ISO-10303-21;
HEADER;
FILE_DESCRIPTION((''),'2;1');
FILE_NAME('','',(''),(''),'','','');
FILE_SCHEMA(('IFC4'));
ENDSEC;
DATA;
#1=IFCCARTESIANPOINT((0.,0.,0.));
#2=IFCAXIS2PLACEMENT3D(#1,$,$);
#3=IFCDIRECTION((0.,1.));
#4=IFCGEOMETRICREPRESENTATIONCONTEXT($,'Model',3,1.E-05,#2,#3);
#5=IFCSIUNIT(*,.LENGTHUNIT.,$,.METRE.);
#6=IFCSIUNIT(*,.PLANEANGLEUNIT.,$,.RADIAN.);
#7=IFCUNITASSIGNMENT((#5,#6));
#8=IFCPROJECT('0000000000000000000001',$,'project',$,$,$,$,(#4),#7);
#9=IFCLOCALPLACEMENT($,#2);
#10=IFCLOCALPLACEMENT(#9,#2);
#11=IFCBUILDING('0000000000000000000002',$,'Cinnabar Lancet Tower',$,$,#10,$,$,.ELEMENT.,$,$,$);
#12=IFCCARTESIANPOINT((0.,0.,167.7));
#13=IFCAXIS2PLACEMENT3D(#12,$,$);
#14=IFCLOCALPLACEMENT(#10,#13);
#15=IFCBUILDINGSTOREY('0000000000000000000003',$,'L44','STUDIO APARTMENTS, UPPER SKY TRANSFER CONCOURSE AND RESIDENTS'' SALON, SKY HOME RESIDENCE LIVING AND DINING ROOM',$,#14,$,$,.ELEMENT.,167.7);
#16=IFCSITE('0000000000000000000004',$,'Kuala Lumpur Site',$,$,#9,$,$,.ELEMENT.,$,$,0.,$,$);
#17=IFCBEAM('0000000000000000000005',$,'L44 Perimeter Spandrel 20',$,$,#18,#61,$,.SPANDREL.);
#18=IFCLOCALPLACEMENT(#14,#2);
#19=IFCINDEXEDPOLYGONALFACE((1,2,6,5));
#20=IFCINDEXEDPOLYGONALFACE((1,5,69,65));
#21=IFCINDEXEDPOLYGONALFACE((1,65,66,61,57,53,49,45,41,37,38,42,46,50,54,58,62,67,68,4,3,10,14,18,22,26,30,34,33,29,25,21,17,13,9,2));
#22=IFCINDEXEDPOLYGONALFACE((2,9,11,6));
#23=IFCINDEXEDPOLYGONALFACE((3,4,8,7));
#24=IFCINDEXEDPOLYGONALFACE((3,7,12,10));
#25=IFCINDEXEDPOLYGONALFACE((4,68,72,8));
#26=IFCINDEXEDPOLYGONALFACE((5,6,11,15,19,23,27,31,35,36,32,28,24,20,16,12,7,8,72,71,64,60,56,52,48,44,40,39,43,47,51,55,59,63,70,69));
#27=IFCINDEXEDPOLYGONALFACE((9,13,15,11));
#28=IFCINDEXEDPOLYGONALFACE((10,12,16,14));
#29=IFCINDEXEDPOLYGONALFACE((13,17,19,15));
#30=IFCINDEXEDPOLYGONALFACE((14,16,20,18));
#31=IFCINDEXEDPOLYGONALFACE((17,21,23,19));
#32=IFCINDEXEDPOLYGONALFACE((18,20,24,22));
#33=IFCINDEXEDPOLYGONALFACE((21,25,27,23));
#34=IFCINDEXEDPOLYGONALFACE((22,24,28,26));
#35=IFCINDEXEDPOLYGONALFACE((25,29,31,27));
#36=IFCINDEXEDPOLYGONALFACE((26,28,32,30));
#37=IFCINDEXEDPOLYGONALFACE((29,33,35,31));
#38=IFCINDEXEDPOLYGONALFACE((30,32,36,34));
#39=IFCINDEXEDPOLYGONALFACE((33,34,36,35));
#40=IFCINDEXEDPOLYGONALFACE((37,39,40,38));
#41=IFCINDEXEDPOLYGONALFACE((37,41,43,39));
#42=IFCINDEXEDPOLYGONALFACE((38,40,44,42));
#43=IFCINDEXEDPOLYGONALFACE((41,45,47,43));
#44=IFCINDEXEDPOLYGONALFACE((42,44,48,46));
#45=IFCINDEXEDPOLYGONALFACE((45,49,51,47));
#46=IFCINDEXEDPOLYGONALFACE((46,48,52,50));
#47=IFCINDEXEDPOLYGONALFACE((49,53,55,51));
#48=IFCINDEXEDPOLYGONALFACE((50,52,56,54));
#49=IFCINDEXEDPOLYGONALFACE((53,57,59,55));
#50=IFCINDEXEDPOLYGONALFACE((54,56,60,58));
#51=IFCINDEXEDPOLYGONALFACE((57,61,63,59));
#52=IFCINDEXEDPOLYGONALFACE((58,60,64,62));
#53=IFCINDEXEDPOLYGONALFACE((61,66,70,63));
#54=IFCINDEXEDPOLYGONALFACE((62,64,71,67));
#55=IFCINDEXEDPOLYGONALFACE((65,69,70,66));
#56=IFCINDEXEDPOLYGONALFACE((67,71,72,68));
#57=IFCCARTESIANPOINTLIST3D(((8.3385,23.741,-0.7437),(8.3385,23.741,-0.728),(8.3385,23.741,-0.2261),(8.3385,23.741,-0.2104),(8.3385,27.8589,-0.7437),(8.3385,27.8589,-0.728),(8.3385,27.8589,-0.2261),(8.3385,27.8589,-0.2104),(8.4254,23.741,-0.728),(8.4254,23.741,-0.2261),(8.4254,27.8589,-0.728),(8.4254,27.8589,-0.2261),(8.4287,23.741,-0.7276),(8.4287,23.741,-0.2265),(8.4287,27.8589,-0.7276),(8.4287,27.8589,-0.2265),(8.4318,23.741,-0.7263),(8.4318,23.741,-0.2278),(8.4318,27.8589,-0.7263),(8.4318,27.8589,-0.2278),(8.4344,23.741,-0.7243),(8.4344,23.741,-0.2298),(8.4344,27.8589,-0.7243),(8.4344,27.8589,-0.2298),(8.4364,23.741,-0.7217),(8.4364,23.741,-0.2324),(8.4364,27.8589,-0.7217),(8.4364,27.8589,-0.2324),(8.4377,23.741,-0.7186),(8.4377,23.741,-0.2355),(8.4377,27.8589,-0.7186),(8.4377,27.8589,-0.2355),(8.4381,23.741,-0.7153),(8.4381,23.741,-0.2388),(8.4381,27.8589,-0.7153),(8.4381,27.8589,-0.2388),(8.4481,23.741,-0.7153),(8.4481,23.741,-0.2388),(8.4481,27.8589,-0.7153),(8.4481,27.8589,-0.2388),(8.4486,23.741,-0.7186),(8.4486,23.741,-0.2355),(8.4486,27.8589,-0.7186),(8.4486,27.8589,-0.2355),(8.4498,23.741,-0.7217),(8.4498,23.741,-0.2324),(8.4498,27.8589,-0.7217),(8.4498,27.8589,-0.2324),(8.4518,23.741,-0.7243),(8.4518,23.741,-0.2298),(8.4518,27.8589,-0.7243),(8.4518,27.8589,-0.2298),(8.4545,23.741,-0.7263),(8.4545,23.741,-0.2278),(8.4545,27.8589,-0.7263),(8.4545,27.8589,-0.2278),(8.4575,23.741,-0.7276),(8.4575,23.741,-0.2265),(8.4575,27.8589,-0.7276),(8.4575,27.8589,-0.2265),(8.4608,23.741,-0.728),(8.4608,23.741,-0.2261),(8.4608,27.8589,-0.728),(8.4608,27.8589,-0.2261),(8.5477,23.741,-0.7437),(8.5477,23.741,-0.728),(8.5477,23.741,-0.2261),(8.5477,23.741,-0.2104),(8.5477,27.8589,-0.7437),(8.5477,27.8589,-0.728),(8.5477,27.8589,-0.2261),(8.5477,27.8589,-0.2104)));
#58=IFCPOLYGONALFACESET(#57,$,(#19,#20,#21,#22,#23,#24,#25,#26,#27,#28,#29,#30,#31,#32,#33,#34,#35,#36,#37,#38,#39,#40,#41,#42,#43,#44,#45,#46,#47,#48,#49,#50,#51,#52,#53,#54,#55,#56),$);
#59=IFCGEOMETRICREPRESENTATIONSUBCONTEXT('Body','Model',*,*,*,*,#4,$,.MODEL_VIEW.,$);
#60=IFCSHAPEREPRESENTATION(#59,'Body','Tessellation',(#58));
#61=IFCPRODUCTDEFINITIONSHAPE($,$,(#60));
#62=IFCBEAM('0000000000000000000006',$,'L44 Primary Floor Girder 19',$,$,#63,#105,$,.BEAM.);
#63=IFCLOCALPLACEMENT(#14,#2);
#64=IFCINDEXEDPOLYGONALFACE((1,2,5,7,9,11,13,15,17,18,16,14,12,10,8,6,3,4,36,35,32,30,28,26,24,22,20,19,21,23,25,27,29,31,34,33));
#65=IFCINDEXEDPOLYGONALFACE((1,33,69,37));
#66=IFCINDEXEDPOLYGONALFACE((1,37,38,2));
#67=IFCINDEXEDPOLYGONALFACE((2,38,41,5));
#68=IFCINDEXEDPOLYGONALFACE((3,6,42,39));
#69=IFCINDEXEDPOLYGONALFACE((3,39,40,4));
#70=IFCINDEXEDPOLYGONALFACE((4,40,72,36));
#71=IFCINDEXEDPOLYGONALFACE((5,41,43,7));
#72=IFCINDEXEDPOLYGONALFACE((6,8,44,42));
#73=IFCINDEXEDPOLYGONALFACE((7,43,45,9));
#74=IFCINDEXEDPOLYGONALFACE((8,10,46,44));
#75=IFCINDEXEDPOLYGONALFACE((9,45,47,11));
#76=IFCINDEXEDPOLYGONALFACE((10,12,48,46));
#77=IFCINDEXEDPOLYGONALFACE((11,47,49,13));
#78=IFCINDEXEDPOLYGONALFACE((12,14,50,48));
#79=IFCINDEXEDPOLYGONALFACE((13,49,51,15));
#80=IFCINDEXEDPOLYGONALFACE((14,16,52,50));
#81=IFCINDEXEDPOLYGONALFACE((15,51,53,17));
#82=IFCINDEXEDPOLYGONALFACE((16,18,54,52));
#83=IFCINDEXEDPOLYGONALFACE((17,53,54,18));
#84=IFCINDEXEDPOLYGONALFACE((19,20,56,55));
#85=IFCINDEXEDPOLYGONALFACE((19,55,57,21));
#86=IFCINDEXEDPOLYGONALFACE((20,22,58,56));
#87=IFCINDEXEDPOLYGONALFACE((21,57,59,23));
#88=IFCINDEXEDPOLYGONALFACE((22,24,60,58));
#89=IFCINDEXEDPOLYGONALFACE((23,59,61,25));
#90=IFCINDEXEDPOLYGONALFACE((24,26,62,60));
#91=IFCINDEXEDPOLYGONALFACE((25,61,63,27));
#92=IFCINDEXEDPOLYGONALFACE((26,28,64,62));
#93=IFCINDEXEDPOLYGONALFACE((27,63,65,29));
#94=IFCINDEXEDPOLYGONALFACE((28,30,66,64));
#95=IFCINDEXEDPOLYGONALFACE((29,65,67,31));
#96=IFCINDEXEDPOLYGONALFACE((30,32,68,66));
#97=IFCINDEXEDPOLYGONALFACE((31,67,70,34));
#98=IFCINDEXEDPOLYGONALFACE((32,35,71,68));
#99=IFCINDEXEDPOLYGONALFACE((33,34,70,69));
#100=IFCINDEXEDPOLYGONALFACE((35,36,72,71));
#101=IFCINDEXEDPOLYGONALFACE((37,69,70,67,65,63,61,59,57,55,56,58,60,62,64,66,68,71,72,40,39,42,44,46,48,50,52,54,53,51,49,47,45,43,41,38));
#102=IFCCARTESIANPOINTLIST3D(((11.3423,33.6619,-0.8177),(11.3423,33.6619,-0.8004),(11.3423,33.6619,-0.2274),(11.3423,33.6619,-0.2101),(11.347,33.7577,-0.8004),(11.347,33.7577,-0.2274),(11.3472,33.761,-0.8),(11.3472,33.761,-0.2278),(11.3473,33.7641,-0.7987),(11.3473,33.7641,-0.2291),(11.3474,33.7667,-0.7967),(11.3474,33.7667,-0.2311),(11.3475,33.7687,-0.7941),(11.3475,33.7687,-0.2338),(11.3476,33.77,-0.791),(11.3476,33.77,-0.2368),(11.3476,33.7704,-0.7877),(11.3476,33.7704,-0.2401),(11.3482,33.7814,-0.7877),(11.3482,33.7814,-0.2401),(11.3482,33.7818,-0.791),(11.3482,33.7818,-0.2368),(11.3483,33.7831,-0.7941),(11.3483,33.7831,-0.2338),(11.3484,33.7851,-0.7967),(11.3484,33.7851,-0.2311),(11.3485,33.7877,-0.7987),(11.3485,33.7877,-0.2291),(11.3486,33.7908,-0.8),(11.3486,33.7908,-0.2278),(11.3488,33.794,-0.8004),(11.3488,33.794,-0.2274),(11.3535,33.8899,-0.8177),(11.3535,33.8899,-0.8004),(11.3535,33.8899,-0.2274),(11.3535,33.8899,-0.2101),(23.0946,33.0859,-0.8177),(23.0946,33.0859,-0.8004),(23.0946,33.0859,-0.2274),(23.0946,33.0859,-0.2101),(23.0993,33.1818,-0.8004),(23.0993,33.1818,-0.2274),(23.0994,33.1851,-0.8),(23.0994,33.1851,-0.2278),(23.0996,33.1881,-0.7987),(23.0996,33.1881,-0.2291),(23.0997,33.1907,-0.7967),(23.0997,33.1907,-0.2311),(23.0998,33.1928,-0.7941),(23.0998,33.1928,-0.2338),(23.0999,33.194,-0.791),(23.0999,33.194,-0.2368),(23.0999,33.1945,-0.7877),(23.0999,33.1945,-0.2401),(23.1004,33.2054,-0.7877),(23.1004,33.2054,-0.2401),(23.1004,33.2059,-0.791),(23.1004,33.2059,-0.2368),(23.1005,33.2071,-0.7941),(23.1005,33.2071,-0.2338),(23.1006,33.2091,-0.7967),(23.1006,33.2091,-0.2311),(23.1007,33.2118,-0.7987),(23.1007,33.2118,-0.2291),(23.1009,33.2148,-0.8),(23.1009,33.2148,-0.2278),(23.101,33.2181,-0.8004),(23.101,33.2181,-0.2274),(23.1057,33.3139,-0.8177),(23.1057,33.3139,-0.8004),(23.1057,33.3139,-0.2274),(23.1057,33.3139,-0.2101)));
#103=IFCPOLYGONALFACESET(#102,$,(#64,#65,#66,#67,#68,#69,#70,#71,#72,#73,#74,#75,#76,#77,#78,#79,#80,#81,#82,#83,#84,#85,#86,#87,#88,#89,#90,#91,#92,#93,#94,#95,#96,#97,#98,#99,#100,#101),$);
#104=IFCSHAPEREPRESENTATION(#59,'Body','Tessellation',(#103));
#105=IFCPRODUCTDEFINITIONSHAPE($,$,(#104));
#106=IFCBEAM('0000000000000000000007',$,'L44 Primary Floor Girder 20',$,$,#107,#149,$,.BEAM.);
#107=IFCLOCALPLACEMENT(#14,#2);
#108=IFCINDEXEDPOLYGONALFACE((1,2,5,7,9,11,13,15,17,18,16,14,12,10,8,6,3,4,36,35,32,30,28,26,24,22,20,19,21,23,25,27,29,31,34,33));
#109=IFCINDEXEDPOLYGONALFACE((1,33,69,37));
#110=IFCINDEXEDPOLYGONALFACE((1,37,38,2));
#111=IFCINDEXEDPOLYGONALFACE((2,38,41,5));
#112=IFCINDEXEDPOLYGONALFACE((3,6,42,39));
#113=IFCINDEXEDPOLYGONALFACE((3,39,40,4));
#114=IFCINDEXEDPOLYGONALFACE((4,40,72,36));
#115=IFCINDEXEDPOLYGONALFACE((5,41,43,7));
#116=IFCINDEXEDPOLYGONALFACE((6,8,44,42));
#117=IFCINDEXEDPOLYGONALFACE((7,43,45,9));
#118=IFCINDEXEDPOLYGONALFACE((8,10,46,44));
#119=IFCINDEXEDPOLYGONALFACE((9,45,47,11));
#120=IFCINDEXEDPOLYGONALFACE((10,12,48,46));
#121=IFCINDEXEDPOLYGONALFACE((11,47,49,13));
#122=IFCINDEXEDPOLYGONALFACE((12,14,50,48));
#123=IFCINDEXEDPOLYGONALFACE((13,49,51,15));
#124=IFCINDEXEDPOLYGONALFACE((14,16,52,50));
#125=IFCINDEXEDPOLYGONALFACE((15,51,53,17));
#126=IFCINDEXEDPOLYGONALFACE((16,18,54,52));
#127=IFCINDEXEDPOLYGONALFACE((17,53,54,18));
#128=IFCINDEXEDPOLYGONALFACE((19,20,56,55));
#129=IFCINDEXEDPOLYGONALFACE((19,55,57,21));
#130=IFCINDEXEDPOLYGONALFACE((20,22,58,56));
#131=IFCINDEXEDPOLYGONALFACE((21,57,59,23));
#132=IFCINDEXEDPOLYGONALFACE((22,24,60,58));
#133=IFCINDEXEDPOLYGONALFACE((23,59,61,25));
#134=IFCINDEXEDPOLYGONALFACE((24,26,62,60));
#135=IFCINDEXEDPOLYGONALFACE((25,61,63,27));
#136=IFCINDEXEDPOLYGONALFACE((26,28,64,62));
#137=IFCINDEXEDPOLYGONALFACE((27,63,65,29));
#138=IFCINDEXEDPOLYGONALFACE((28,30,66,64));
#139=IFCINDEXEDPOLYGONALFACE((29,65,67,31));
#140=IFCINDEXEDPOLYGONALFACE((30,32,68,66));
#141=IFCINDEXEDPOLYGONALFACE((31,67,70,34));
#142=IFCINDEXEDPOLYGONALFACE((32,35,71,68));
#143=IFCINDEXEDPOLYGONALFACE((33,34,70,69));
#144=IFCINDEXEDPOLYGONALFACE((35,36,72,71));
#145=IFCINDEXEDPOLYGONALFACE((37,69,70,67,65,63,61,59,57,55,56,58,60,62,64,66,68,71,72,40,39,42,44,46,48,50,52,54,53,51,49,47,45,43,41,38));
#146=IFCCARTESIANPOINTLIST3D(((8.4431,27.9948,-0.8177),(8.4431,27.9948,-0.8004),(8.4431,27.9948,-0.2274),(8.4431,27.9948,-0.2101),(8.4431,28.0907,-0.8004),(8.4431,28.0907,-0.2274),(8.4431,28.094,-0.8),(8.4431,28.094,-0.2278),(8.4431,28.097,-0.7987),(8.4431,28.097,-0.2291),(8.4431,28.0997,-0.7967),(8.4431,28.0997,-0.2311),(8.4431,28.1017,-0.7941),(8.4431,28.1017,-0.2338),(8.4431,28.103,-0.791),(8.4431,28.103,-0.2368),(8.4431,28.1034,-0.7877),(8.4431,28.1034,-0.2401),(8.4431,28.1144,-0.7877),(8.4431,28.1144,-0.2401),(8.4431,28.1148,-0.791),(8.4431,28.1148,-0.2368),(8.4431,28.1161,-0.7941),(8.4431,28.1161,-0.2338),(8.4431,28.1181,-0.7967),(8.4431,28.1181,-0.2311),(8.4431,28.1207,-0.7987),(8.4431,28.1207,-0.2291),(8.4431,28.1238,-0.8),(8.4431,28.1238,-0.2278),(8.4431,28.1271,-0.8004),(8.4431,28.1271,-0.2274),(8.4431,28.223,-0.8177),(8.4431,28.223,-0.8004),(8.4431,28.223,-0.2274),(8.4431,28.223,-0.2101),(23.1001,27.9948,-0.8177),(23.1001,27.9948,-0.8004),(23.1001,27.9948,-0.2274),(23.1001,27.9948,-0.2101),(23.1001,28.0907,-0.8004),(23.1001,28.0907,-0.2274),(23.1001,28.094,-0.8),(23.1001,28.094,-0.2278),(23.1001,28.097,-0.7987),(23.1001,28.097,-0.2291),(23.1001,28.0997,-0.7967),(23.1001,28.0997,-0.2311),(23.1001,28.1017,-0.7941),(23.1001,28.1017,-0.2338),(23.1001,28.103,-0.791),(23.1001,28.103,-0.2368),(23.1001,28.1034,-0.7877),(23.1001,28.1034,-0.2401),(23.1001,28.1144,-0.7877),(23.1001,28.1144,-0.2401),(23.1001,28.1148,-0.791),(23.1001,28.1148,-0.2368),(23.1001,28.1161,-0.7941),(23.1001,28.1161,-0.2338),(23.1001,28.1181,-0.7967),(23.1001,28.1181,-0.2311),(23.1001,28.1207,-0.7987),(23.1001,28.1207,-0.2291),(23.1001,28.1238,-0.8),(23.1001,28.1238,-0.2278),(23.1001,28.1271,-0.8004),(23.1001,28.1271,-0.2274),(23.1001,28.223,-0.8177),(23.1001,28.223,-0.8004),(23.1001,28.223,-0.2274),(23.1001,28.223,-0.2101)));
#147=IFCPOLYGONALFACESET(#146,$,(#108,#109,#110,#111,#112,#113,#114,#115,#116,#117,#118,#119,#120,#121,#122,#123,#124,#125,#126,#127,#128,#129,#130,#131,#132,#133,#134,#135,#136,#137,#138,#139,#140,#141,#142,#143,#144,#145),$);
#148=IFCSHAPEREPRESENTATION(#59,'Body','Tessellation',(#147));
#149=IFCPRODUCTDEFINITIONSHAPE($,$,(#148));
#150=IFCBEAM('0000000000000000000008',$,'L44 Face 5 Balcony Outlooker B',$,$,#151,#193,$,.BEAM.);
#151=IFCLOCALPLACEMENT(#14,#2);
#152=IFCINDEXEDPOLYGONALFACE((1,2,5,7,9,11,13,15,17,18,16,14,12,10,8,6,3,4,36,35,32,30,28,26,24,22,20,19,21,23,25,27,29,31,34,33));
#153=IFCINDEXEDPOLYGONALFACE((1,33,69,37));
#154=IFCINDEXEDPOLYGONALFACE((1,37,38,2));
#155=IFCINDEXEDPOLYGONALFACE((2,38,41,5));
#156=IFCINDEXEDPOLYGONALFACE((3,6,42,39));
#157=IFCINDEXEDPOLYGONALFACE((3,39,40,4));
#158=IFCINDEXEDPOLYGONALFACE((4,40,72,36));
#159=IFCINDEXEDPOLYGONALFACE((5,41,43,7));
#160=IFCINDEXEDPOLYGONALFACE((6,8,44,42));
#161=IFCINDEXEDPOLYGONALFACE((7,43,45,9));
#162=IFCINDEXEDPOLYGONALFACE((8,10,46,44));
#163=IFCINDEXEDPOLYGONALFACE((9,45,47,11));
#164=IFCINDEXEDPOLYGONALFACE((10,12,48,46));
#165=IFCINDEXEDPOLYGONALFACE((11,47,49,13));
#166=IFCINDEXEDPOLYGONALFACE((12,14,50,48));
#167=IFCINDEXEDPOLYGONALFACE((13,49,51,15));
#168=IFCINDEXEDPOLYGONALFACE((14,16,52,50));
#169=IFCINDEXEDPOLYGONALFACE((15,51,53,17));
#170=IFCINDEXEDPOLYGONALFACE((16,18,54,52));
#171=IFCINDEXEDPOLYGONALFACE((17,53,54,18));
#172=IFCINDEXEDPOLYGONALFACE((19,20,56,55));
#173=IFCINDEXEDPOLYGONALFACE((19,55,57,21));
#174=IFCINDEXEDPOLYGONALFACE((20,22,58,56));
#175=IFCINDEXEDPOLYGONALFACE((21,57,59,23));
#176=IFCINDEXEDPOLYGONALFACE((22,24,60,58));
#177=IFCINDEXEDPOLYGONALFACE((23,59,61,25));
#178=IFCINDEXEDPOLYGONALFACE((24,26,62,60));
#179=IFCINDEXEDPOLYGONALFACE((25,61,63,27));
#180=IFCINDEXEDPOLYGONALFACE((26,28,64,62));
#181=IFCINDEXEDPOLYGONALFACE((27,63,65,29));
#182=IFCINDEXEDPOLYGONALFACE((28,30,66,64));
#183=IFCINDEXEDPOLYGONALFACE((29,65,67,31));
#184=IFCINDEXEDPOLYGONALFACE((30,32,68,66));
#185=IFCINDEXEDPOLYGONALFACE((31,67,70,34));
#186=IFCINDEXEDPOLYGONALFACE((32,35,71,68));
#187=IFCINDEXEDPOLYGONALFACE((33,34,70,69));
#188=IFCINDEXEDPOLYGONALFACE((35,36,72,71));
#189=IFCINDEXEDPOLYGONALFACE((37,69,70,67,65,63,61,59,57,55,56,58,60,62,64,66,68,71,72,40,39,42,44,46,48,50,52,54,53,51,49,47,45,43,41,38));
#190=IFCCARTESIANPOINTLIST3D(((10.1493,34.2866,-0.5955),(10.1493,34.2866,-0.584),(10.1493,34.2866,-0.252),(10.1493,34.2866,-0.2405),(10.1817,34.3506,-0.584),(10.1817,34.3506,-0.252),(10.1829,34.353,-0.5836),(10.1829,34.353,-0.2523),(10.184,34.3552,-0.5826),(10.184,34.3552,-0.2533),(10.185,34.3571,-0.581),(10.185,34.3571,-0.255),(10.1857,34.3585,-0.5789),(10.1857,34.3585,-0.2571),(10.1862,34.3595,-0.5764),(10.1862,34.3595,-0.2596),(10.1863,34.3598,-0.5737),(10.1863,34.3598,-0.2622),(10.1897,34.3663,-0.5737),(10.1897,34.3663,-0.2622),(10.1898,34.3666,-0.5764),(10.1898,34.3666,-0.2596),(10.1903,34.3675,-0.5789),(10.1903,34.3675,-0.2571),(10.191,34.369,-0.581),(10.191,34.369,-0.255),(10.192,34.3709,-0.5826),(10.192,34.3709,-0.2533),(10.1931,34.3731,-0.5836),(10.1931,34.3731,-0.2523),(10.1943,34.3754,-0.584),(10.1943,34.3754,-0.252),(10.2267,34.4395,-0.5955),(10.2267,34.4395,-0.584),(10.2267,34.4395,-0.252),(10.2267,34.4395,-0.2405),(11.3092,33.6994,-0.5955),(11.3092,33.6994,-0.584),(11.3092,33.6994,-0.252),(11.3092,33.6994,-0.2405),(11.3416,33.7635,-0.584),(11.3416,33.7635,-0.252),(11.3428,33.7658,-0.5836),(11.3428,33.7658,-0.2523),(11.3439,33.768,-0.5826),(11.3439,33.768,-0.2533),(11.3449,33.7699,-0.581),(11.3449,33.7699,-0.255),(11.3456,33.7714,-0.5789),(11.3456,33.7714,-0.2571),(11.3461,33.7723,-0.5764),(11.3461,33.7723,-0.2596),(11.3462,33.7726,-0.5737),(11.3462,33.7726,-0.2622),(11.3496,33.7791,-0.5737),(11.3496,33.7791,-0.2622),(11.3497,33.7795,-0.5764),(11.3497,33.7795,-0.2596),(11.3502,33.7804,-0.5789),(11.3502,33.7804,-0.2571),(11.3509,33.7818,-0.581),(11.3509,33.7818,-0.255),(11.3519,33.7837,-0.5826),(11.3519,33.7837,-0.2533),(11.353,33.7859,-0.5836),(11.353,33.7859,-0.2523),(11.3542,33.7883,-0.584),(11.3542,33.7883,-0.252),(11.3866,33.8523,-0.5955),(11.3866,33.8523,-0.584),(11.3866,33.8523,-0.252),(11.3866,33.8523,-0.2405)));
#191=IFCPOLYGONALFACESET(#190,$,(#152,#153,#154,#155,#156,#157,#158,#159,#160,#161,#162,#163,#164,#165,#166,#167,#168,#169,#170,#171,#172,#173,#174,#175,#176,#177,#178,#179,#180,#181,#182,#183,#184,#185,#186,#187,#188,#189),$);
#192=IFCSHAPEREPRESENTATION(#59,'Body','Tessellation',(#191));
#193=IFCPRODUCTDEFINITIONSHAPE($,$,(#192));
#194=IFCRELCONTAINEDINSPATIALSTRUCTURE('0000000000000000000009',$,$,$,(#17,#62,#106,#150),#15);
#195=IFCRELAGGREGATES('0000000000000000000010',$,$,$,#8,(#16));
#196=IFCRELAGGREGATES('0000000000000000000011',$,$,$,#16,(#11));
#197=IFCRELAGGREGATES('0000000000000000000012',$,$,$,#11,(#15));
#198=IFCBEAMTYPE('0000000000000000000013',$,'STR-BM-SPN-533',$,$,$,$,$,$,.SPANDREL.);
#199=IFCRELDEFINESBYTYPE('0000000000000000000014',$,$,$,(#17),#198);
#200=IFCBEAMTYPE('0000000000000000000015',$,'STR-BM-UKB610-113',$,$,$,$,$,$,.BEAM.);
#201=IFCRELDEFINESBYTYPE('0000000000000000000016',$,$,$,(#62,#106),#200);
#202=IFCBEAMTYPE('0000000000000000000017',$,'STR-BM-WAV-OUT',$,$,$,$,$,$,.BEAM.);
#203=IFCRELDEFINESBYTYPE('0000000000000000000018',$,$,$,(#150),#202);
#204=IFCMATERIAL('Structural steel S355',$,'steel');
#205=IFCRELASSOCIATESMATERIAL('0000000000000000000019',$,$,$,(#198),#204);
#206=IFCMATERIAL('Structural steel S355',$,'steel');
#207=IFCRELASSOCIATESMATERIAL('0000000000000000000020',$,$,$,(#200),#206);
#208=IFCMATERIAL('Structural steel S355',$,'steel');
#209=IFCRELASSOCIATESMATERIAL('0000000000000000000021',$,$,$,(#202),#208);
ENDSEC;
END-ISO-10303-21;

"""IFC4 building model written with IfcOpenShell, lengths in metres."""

from ifc_helpers import new_model, si_unit, direction, frame, origin, origin_2d, place, context, subcontext, project, spatial, i_section, extrude, material, material_profile, profile_set, type_object, element, save


model = new_model("IFC4")

# Units and contexts
model_context = context("Model", 3, precision=1e-05, world=origin(), true_north=direction((0.0, 1.0)))
body_context = subcontext(model_context, "Body", "Model", "MODEL_VIEW")
ifc_project = project(units=[si_unit("LENGTHUNIT", "METRE"), si_unit("PLANEANGLEUNIT", "RADIAN")], contexts=[model_context])

# Site, building, storey
site_placement = place(None, origin())
site = spatial("IfcSite", under=ifc_project, at=site_placement, Name="Kuala Lumpur Site", CompositionType="ELEMENT", RefElevation=0.0)
building_placement = place(site_placement, origin())
building = spatial("IfcBuilding", under=site, at=building_placement, Name="Cinnabar Lancet Tower", CompositionType="ELEMENT")
storey_placement = place(building_placement, frame((0.0, 0.0, 167.7)))
storey = spatial("IfcBuildingStorey", under=building, at=storey_placement, Name="L44", Description="STUDIO APARTMENTS, UPPER SKY TRANSFER CONCOURSE AND RESIDENTS' SALON, SKY HOME RESIDENCE LIVING AND DINING ROOM", CompositionType="ELEMENT", Elevation=167.7)

# Beams
ifc_material_1 = material(Name="Structural steel S355", Category="steel")
ifc_material_profile_1 = material_profile(ifc_material_1, i_section(OverallWidth=0.2092, OverallDepth=0.5332, WebThickness=0.01, FlangeThickness=0.0156, FilletRadius=0.0127, at=origin_2d()), Name="UKB 533x210x92")
ifc_profile_set_1 = profile_set([ifc_material_profile_1], Name="Structural steel S355")
beam_type_1 = type_object("IfcBeamType", Name="STR-BM-SPN-533", PredefinedType="SPANDREL", material=ifc_profile_set_1)
beam_1_placement = place(storey_placement, frame((8.4431, 27.8589, -0.4771), z_axis=(0.0, -1.0, 0.0), x_axis=(1.0, 0.0, 0.0)))
element("IfcBeam", 1, at=beam_1_placement, inside=storey, type_object=beam_type_1, Name="L44 Perimeter Spandrel 20", PredefinedType="SPANDREL", context=body_context, shape_type="SweptSolid", body=[
    extrude(i_section(OverallWidth=0.2092, OverallDepth=0.5332, WebThickness=0.01, FlangeThickness=0.0156, FilletRadius=0.0127, at=origin_2d()), origin(), (0.0, 0.0, 1.0), 4.1179),
])
ifc_material_2 = material(Name="Structural steel S355", Category="steel")
ifc_material_profile_2 = material_profile(ifc_material_2, i_section(OverallWidth=0.2283, OverallDepth=0.6077, WebThickness=0.011, FlangeThickness=0.0173, FilletRadius=0.0127, at=origin_2d()), Name="UKB 610x229x113")
ifc_profile_set_2 = profile_set([ifc_material_profile_2], Name="Structural steel S355")
beam_type_2 = type_object("IfcBeamType", Name="STR-BM-UKB610-113", PredefinedType="BEAM", material=ifc_profile_set_2)
beam_2_placement = place(storey_placement, frame((11.3479, 33.7759, -0.5139), z_axis=(0.998801, -0.048947, 0.0), x_axis=(0.048947, 0.998801, 0.0)))
element("IfcBeam", 2, at=beam_2_placement, inside=storey, type_object=beam_type_2, Name="L44 Primary Floor Girder 19", PredefinedType="BEAM", context=body_context, shape_type="SweptSolid", body=[
    extrude(i_section(OverallWidth=0.2283, OverallDepth=0.6077, WebThickness=0.011, FlangeThickness=0.0173, FilletRadius=0.0127, at=origin_2d()), origin(), (0.0, 0.0, 1.0), 11.7664),
])
beam_3_placement = place(storey_placement, frame((8.4431, 28.1089, -0.5139), z_axis=(1.0, 0.0, 0.0), x_axis=(0.0, 1.0, 0.0)))
element("IfcBeam", 3, at=beam_3_placement, inside=storey, type_object=beam_type_2, Name="L44 Primary Floor Girder 20", PredefinedType="BEAM", context=body_context, shape_type="SweptSolid", body=[
    extrude(i_section(OverallWidth=0.2283, OverallDepth=0.6077, WebThickness=0.011, FlangeThickness=0.0173, FilletRadius=0.0127, at=origin_2d()), origin(), (0.0, 0.0, 1.0), 14.657),
])
ifc_material_3 = material(Name="Structural steel S355", Category="steel")
ifc_material_profile_3 = material_profile(ifc_material_3, i_section(OverallWidth=0.1714, OverallDepth=0.355, WebThickness=0.0073, FlangeThickness=0.0115, FilletRadius=0.0103, at=origin_2d()), Name="UKB 356x171x51")
ifc_profile_set_3 = profile_set([ifc_material_profile_3], Name="Structural steel S355")
beam_type_3 = type_object("IfcBeamType", Name="STR-BM-WAV-OUT", PredefinedType="BEAM", material=ifc_profile_set_3)
beam_4_placement = place(storey_placement, frame((11.3479, 33.7759, -0.418), z_axis=(-0.8922, 0.45164, 0.0), x_axis=(-0.45164, -0.8922, 0.0)))
element("IfcBeam", 4, at=beam_4_placement, inside=storey, type_object=beam_type_3, Name="L44 Face 5 Balcony Outlooker B", PredefinedType="BEAM", context=body_context, shape_type="SweptSolid", body=[
    extrude(i_section(OverallWidth=0.1714, OverallDepth=0.355, WebThickness=0.0073, FlangeThickness=0.0115, FilletRadius=0.0103, at=origin_2d()), origin(), (0.0, 0.0, 1.0), 1.3),
])

save(model, "model.ifc")
